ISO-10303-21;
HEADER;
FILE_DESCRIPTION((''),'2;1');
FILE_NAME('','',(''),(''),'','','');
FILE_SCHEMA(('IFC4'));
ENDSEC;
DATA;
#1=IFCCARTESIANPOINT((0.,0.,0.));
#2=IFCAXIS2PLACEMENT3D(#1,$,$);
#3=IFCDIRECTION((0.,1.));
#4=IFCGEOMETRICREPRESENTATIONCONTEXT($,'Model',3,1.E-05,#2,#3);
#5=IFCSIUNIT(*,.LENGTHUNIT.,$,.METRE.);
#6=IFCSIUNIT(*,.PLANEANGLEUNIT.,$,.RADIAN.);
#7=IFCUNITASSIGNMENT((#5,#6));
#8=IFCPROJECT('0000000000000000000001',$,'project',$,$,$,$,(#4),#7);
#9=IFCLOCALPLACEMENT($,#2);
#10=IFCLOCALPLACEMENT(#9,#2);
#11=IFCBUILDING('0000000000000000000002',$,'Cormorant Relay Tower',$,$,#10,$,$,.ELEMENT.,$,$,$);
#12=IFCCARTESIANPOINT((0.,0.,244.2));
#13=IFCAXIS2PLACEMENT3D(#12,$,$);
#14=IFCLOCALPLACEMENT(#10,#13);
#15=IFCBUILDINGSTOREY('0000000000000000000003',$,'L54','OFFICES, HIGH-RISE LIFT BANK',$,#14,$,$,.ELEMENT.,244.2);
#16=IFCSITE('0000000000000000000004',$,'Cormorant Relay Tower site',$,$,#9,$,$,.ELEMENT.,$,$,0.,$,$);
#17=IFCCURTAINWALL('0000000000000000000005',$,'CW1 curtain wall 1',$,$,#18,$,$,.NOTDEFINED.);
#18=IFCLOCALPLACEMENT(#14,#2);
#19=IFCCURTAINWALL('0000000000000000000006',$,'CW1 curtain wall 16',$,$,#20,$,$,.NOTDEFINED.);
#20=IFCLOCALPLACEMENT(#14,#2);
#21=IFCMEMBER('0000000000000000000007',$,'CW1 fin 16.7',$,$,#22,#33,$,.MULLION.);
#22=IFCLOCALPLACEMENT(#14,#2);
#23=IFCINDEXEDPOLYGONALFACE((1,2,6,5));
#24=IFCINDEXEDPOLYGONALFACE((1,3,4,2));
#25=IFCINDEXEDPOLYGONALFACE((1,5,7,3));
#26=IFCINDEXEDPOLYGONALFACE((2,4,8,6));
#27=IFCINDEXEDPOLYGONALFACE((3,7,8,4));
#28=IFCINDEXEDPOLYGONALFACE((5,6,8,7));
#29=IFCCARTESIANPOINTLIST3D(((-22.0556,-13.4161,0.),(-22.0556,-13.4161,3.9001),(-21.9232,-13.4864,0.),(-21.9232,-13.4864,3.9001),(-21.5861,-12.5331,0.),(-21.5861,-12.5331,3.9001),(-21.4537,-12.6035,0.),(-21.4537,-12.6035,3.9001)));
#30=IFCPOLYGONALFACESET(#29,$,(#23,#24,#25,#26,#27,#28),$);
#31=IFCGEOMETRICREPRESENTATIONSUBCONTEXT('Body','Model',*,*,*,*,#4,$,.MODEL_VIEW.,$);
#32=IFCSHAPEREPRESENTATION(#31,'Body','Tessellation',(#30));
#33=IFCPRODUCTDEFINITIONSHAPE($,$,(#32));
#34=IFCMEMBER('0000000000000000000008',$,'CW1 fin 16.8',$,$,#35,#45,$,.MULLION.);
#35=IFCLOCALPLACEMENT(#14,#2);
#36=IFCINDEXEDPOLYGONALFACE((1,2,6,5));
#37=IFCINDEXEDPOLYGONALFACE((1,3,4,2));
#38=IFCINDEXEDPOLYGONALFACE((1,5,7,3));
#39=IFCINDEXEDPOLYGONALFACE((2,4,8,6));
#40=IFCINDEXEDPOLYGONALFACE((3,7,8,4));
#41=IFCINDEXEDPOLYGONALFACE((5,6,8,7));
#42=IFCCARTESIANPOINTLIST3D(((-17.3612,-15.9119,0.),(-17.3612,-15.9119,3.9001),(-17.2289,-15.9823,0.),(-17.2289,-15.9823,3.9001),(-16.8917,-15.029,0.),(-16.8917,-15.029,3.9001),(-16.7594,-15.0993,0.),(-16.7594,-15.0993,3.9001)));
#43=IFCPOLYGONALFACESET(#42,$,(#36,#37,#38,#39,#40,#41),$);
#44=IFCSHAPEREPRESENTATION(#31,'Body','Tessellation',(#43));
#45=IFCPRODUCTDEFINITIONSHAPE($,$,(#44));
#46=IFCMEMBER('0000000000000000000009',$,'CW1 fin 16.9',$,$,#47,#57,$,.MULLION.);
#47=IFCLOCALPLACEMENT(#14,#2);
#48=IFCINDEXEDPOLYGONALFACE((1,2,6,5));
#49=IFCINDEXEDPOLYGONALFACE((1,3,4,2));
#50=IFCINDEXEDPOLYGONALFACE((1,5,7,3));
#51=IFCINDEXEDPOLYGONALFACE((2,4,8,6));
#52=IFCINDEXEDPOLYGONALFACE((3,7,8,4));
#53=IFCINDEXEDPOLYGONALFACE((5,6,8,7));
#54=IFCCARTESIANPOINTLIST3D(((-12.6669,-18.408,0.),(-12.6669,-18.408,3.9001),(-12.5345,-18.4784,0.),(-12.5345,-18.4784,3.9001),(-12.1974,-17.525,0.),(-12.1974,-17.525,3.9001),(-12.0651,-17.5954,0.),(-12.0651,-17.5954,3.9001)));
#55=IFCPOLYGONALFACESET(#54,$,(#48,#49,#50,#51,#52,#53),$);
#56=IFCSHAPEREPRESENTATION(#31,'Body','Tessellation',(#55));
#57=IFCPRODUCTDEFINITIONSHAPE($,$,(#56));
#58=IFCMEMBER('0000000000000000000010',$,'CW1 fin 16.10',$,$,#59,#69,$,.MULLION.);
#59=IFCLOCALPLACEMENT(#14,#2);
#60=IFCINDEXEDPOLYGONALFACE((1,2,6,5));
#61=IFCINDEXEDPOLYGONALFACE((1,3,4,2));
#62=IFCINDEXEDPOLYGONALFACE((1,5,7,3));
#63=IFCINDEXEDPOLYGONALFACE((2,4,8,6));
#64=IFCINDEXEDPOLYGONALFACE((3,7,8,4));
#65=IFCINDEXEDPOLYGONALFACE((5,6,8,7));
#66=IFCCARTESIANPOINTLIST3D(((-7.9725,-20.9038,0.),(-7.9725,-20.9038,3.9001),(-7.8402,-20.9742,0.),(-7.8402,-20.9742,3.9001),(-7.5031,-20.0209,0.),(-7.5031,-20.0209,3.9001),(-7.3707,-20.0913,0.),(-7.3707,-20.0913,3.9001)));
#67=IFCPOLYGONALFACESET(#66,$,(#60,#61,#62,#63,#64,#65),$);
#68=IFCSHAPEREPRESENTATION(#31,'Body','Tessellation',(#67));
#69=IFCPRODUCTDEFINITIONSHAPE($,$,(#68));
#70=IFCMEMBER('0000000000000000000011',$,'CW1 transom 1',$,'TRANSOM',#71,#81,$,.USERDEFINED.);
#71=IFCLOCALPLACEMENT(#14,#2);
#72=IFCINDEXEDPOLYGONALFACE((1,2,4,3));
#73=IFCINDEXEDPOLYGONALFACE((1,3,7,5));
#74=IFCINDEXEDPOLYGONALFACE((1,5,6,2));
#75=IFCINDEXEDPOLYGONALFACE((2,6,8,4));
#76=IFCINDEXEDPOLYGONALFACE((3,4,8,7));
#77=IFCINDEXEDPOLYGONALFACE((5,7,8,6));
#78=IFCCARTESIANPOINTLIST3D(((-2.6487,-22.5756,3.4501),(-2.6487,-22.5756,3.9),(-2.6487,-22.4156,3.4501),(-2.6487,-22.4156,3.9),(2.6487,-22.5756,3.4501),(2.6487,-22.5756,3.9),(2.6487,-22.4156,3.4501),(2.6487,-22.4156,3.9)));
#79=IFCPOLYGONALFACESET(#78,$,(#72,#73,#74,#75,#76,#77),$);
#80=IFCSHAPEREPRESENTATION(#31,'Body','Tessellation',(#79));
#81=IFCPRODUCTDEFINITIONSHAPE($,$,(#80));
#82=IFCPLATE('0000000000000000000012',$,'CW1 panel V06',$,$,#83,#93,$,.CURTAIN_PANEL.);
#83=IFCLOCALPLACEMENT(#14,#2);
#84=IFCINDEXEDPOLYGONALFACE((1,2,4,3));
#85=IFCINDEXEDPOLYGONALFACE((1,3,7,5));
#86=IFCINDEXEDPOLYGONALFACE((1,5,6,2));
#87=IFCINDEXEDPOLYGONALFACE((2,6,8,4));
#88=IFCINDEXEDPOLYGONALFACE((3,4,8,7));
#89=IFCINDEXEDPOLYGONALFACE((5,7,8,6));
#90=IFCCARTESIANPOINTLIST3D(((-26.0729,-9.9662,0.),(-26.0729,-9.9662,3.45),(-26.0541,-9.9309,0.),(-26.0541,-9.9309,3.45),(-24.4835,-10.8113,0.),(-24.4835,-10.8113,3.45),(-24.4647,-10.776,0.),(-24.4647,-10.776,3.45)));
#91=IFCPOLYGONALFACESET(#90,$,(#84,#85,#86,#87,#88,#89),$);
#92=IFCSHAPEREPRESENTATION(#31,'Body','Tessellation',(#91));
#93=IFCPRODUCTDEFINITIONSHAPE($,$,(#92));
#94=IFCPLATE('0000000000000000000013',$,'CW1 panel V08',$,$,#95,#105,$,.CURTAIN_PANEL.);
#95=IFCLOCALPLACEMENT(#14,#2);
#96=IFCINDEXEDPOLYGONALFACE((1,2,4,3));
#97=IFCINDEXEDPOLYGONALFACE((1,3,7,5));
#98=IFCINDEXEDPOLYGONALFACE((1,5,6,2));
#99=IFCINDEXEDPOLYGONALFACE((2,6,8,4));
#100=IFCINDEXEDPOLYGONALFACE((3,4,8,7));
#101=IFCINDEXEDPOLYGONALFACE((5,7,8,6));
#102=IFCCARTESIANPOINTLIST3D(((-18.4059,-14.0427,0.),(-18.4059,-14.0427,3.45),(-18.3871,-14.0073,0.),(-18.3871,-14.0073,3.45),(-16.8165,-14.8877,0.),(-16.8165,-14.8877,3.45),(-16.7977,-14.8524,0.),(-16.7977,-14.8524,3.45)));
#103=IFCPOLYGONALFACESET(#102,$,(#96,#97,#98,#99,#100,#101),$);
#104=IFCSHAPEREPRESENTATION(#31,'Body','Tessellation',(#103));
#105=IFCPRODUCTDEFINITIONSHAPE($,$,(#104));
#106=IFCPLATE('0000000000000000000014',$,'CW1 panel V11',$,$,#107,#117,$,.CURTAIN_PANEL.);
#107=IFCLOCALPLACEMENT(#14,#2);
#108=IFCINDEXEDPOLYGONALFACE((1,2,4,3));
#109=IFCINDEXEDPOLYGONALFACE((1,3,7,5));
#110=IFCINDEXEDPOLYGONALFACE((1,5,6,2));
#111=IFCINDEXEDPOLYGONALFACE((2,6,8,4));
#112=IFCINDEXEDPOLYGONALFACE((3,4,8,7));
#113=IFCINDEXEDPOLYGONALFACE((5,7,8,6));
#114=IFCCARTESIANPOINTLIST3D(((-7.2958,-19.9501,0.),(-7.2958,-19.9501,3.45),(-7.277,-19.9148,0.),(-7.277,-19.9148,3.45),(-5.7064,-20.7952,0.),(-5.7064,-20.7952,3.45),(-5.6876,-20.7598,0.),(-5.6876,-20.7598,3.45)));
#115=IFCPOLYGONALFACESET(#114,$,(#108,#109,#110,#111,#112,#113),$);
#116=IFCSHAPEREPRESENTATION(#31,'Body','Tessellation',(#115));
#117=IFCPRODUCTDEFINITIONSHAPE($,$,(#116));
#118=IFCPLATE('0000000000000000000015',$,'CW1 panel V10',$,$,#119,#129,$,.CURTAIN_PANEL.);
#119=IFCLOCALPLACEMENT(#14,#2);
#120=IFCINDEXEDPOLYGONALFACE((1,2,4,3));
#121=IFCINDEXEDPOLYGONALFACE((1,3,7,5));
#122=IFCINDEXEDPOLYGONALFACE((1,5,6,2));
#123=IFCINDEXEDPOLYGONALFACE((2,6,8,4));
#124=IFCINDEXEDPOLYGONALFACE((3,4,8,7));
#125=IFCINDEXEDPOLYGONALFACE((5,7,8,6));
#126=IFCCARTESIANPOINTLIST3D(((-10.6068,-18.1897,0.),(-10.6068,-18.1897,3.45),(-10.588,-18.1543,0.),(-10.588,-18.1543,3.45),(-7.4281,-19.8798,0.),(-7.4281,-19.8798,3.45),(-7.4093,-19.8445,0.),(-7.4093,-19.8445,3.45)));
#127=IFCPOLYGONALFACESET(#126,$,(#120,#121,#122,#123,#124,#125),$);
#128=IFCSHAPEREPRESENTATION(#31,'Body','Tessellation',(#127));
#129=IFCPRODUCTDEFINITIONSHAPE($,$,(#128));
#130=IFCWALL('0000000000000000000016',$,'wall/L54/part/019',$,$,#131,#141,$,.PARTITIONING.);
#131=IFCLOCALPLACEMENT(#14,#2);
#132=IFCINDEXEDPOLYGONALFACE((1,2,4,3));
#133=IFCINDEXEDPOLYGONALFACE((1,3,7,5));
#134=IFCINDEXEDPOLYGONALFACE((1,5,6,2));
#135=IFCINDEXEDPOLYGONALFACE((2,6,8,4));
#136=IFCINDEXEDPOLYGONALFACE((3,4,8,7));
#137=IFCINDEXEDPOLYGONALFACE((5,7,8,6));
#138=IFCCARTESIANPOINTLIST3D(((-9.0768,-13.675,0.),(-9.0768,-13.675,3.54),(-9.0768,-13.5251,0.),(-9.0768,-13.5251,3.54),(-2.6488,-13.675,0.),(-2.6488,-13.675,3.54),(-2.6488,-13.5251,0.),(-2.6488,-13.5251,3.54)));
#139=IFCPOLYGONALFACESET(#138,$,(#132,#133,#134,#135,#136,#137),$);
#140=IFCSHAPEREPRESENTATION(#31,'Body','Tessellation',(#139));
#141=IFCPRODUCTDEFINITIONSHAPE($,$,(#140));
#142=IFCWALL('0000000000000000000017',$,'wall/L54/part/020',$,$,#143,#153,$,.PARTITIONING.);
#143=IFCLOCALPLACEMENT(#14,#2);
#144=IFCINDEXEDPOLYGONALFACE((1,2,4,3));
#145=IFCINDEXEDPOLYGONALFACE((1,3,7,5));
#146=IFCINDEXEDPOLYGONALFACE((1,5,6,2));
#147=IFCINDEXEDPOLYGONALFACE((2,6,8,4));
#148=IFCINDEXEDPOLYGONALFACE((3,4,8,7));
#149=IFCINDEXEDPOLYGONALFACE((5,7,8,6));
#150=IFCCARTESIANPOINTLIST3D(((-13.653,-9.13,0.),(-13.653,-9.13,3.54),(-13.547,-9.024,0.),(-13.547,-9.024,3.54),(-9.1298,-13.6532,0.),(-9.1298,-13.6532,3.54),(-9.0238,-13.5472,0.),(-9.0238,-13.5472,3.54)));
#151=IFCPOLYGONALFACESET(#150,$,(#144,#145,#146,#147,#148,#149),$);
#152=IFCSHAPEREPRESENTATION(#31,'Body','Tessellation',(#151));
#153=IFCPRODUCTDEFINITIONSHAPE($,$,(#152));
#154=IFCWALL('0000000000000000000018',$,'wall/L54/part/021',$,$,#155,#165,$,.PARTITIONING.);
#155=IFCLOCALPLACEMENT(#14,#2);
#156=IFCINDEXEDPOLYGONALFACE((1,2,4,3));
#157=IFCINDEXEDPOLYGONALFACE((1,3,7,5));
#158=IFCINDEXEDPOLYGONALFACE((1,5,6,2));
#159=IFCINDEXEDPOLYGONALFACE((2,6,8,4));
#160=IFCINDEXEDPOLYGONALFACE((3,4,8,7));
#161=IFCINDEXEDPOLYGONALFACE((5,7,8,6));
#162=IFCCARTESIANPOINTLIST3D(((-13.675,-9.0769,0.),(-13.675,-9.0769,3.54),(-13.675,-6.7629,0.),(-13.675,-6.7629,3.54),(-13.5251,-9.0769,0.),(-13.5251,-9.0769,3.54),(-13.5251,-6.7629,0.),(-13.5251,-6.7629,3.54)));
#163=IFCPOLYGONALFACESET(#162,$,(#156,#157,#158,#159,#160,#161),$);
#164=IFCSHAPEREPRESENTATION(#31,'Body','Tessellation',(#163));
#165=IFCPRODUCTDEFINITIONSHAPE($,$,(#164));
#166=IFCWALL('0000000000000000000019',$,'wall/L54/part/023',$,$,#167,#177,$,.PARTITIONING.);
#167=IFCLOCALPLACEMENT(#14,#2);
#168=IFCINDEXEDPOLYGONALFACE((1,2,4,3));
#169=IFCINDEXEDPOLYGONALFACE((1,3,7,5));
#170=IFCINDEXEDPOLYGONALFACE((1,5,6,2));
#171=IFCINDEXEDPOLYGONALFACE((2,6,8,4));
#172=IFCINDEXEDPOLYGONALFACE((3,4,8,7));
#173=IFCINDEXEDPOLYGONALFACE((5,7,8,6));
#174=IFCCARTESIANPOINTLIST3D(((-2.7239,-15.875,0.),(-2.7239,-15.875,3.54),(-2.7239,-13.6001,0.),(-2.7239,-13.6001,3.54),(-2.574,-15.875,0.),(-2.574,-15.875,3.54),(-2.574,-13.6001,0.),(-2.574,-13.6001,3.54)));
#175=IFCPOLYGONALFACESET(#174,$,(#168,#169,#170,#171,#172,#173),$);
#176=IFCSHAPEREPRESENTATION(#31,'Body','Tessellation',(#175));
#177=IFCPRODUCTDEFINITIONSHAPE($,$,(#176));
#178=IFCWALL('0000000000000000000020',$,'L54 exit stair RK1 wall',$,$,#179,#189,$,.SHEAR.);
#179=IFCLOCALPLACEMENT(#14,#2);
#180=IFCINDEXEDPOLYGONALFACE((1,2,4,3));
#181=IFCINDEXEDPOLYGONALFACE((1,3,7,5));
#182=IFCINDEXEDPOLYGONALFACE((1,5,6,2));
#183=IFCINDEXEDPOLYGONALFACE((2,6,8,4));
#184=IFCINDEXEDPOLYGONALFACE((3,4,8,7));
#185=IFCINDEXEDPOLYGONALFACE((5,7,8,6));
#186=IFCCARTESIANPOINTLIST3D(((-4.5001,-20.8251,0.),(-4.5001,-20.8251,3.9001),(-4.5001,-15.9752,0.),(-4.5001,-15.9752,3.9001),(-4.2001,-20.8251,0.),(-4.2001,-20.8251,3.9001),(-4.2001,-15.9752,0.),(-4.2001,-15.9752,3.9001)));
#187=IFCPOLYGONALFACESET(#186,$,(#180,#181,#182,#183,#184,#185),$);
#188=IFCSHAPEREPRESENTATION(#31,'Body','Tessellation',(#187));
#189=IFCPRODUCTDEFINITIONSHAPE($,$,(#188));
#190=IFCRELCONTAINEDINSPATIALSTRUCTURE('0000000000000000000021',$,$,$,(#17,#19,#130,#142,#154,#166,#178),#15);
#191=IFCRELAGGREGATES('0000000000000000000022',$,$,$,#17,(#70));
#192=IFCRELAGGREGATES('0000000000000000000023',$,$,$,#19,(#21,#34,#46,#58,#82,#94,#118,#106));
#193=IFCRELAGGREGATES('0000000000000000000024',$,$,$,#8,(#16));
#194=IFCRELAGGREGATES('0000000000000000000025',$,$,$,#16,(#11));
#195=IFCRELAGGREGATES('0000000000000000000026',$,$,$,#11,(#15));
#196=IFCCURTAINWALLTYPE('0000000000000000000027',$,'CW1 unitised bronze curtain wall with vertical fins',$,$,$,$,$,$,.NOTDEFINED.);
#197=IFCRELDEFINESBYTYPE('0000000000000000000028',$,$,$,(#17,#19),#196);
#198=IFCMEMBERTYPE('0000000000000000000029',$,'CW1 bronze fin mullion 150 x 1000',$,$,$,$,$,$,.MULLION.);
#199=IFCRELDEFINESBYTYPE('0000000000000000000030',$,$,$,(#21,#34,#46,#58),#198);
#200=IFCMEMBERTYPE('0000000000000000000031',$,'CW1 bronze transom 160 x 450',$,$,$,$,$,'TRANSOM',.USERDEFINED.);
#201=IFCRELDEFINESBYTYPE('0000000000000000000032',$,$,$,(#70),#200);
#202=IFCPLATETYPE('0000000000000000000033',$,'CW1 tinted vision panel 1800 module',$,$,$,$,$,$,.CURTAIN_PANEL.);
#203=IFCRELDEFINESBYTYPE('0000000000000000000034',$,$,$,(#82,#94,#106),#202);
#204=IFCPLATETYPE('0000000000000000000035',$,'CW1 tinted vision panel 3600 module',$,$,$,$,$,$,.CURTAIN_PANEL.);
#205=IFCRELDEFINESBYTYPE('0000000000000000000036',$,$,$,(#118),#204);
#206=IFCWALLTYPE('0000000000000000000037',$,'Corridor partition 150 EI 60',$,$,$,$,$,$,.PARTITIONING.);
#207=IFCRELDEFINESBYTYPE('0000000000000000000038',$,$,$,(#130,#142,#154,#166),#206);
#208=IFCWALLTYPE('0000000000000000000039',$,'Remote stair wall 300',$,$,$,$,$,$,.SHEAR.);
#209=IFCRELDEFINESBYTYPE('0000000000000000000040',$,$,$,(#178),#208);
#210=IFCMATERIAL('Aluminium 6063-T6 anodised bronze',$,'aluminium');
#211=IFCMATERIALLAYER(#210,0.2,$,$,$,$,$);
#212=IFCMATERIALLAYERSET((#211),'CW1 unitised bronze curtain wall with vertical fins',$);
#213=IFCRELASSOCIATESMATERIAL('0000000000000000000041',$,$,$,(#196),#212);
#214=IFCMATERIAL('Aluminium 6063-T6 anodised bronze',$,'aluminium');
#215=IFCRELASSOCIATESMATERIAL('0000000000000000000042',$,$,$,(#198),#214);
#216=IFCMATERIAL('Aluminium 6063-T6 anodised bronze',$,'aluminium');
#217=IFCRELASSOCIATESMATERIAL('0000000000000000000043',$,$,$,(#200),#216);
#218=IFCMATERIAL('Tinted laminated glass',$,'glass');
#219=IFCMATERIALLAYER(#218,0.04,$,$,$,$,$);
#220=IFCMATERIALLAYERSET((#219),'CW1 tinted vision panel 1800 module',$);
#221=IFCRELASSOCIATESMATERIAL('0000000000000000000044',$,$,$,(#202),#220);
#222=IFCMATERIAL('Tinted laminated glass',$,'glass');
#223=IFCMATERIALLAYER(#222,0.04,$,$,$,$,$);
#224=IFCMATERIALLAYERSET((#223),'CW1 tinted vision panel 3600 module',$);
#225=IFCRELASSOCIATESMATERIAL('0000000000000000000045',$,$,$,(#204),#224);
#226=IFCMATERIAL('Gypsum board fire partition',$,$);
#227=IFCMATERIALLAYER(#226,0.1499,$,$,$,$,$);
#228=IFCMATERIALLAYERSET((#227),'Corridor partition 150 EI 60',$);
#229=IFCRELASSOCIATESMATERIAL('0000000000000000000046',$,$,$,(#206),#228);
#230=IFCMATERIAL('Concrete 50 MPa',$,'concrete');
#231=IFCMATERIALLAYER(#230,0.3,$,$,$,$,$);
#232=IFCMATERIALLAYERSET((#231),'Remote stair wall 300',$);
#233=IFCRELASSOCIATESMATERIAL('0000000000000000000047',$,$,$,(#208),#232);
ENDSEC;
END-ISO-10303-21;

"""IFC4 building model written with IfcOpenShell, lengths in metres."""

from ifc_helpers import new_model, si_unit, direction, frame, frame_2d, origin, origin_2d, place, context, subcontext, project, spatial, rectangle, extrude, material, layer, layer_set, material_profile, profile_set, type_object, element, aggregate, save


model = new_model("IFC4")

# Units and contexts
model_context = context("Model", 3, precision=1e-05, world=origin(), true_north=direction((0.0, 1.0)))
body_context = subcontext(model_context, "Body", "Model", "MODEL_VIEW")
ifc_project = project(units=[si_unit("LENGTHUNIT", "METRE"), si_unit("PLANEANGLEUNIT", "RADIAN")], contexts=[model_context])

# Site, building, storey
site_placement = place(None, origin())
site = spatial("IfcSite", under=ifc_project, at=site_placement, Name="Cormorant Relay Tower site", CompositionType="ELEMENT", RefElevation=0.0)
building_placement = place(site_placement, origin())
building = spatial("IfcBuilding", under=site, at=building_placement, Name="Cormorant Relay Tower", CompositionType="ELEMENT")
storey_placement = place(building_placement, frame((0.0, 0.0, 244.2)))
storey = spatial("IfcBuildingStorey", under=building, at=storey_placement, Name="L54", Description="OFFICES, HIGH-RISE LIFT BANK", CompositionType="ELEMENT", Elevation=244.2)

# Curtain wall
ifc_material_1 = material(Name="Aluminium 6063-T6 anodised bronze", Category="aluminium")
ifc_layer_1 = layer(ifc_material_1, 0.2)
ifc_layer_set_1 = layer_set([ifc_layer_1], Name="CW1 unitised bronze curtain wall with vertical fins")
curtain_wall_type = type_object("IfcCurtainWallType", Name="CW1 unitised bronze curtain wall with vertical fins", PredefinedType="NOTDEFINED", material=ifc_layer_set_1)
curtain_wall_1_placement = place(storey_placement, origin())
curtain_wall_1 = element("IfcCurtainWall", 1, at=curtain_wall_1_placement, inside=storey, type_object=curtain_wall_type, Name="CW1 curtain wall 1", PredefinedType="NOTDEFINED")
ifc_material_2 = material(Name="Aluminium 6063-T6 anodised bronze", Category="aluminium")
ifc_material_profile_1 = material_profile(ifc_material_2, rectangle(XDim=0.1499, YDim=1.0, at=origin_2d()), Name="AL 150x1000")
ifc_profile_set_1 = profile_set([ifc_material_profile_1], Name="Aluminium 6063-T6 anodised bronze")
member_type_1 = type_object("IfcMemberType", Name="CW1 bronze fin mullion 150 x 1000", PredefinedType="MULLION", material=ifc_profile_set_1)

# Curtain wall, members
curtain_wall_2_placement = place(storey_placement, origin())
curtain_wall_2 = element("IfcCurtainWall", 2, at=curtain_wall_2_placement, inside=storey, type_object=curtain_wall_type, Name="CW1 curtain wall 16", PredefinedType="NOTDEFINED")
member_1_placement = place(storey_placement, frame((-21.7546, -13.0098, 0.0), z_axis=(0.0, 0.0, 1.0), x_axis=(0.882948, -0.469472, 0.0)))
member_1 = element("IfcMember", 3, at=member_1_placement, type_object=member_type_1, Name="CW1 fin 16.7", PredefinedType="MULLION", context=body_context, shape_type="SweptSolid", body=[
    extrude(rectangle(XDim=0.1499, YDim=1.0, at=origin_2d()), origin(), (0.0, 0.0, 1.0), 3.9001),
])
member_2_placement = place(storey_placement, frame((-17.0603, -15.5056, 0.0), z_axis=(0.0, 0.0, 1.0), x_axis=(0.882948, -0.469472, 0.0)))
member_2 = element("IfcMember", 4, at=member_2_placement, type_object=member_type_1, Name="CW1 fin 16.8", PredefinedType="MULLION", context=body_context, shape_type="SweptSolid", body=[
    extrude(rectangle(XDim=0.1499, YDim=1.0, at=origin_2d()), origin(), (0.0, 0.0, 1.0), 3.9001),
])
member_3_placement = place(storey_placement, frame((-12.366, -18.0017, 0.0), z_axis=(0.0, 0.0, 1.0), x_axis=(0.882948, -0.469472, 0.0)))
member_3 = element("IfcMember", 5, at=member_3_placement, type_object=member_type_1, Name="CW1 fin 16.9", PredefinedType="MULLION", context=body_context, shape_type="SweptSolid", body=[
    extrude(rectangle(XDim=0.1499, YDim=1.0, at=origin_2d()), origin(), (0.0, 0.0, 1.0), 3.9001),
])
member_4_placement = place(storey_placement, frame((-7.6716, -20.4976, 0.0), z_axis=(0.0, 0.0, 1.0), x_axis=(0.882948, -0.469472, 0.0)))
member_4 = element("IfcMember", 6, at=member_4_placement, type_object=member_type_1, Name="CW1 fin 16.10", PredefinedType="MULLION", context=body_context, shape_type="SweptSolid", body=[
    extrude(rectangle(XDim=0.1499, YDim=1.0, at=origin_2d()), origin(), (0.0, 0.0, 1.0), 3.9001),
])

# Member
ifc_material_3 = material(Name="Aluminium 6063-T6 anodised bronze", Category="aluminium")
ifc_material_profile_2 = material_profile(ifc_material_3, rectangle(XDim=0.1599, YDim=0.45, at=origin_2d()), Name="AL 160x450")
ifc_profile_set_2 = profile_set([ifc_material_profile_2], Name="Aluminium 6063-T6 anodised bronze")
member_type_2 = type_object("IfcMemberType", Name="CW1 bronze transom 160 x 450", ElementType="TRANSOM", PredefinedType="USERDEFINED", material=ifc_profile_set_2)
member_5_placement = place(storey_placement, frame((-2.6487, -22.4956, 3.675), z_axis=(1.0, 0.0, 0.0), x_axis=(0.0, 1.0, 0.0)))
member_5 = element("IfcMember", 7, at=member_5_placement, type_object=member_type_2, Name="CW1 transom 1", ObjectType="TRANSOM", PredefinedType="USERDEFINED", context=body_context, shape_type="SweptSolid", body=[
    extrude(rectangle(XDim=0.1599, YDim=0.45, at=origin_2d()), origin(), (0.0, 0.0, 1.0), 5.2974),
])
aggregate(curtain_wall_1, [member_5])

# Plates
ifc_material_4 = material(Name="Tinted laminated glass", Category="glass")
ifc_layer_2 = layer(ifc_material_4, 0.04)
ifc_layer_set_2 = layer_set([ifc_layer_2], Name="CW1 tinted vision panel 1800 module")
plate_type_1 = type_object("IfcPlateType", Name="CW1 tinted vision panel 1800 module", PredefinedType="CURTAIN_PANEL", material=ifc_layer_set_2)
plate_1_placement = place(storey_placement, frame((-25.2688, -10.3711, 0.0), z_axis=(0.0, 0.0, 1.0), x_axis=(0.882948, -0.469472, 0.0)))
plate_1 = element("IfcPlate", 8, at=plate_1_placement, type_object=plate_type_1, Name="CW1 panel V06", PredefinedType="CURTAIN_PANEL", context=body_context, shape_type="SweptSolid", body=[
    extrude(rectangle(XDim=1.8, YDim=0.04, at=origin_2d()), origin(), (0.0, 0.0, 1.0), 3.45),
])
plate_2_placement = place(storey_placement, frame((-17.6018, -14.4475, 0.0), z_axis=(0.0, 0.0, 1.0), x_axis=(0.882948, -0.469472, 0.0)))
plate_2 = element("IfcPlate", 9, at=plate_2_placement, type_object=plate_type_1, Name="CW1 panel V08", PredefinedType="CURTAIN_PANEL", context=body_context, shape_type="SweptSolid", body=[
    extrude(rectangle(XDim=1.8, YDim=0.04, at=origin_2d()), origin(), (0.0, 0.0, 1.0), 3.45),
])
plate_3_placement = place(storey_placement, frame((-6.4917, -20.355, 0.0), z_axis=(0.0, 0.0, 1.0), x_axis=(0.882948, -0.469472, 0.0)))
plate_3 = element("IfcPlate", 10, at=plate_3_placement, type_object=plate_type_1, Name="CW1 panel V11", PredefinedType="CURTAIN_PANEL", context=body_context, shape_type="SweptSolid", body=[
    extrude(rectangle(XDim=1.8, YDim=0.04, at=origin_2d()), origin(), (0.0, 0.0, 1.0), 3.45),
])
ifc_material_5 = material(Name="Tinted laminated glass", Category="glass")
ifc_layer_3 = layer(ifc_material_5, 0.04)
ifc_layer_set_3 = layer_set([ifc_layer_3], Name="CW1 tinted vision panel 3600 module")
plate_type_2 = type_object("IfcPlateType", Name="CW1 tinted vision panel 3600 module", PredefinedType="CURTAIN_PANEL", material=ifc_layer_set_3)
plate_4_placement = place(storey_placement, frame((-9.0081, -19.0171, 0.0), z_axis=(0.0, 0.0, 1.0), x_axis=(0.882948, -0.469472, 0.0)))
plate_4 = element("IfcPlate", 11, at=plate_4_placement, type_object=plate_type_2, Name="CW1 panel V10", PredefinedType="CURTAIN_PANEL", context=body_context, shape_type="SweptSolid", body=[
    extrude(rectangle(XDim=3.6001, YDim=0.04, at=origin_2d()), origin(), (0.0, 0.0, 1.0), 3.45),
])

# Walls
ifc_material_6 = material(Name="Gypsum board fire partition")
ifc_layer_4 = layer(ifc_material_6, 0.1499)
ifc_layer_set_4 = layer_set([ifc_layer_4], Name="Corridor partition 150 EI 60")
wall_type_1 = type_object("IfcWallType", Name="Corridor partition 150 EI 60", PredefinedType="PARTITIONING", material=ifc_layer_set_4)
wall_1_placement = place(storey_placement, frame((-2.6489, -13.6001, 0.0), z_axis=(0.0, 0.0, 1.0), x_axis=(-1.0, 0.0, 0.0)))
element("IfcWall", 12, at=wall_1_placement, inside=storey, type_object=wall_type_1, Name="wall/L54/part/019", PredefinedType="PARTITIONING", context=body_context, shape_type="SweptSolid", body=[
    extrude(rectangle(XDim=6.428, YDim=0.1499, at=frame_2d((3.2139, 0.0))), origin(), (0.0, 0.0, 1.0), 3.54),
])
wall_2_placement = place(storey_placement, frame((-9.0769, -13.6001, 0.0), z_axis=(0.0, 0.0, 1.0), x_axis=(-0.707107, 0.707107, 0.0)))
element("IfcWall", 13, at=wall_2_placement, inside=storey, type_object=wall_type_1, Name="wall/L54/part/020", PredefinedType="PARTITIONING", context=body_context, shape_type="SweptSolid", body=[
    extrude(rectangle(XDim=6.3967, YDim=0.1499, at=frame_2d((3.1982, 0.0))), origin(), (0.0, 0.0, 1.0), 3.54),
])
wall_3_placement = place(storey_placement, frame((-13.6001, -9.0769, 0.0), z_axis=(0.0, 0.0, 1.0), x_axis=(0.0, 1.0, 0.0)))
element("IfcWall", 14, at=wall_3_placement, inside=storey, type_object=wall_type_1, Name="wall/L54/part/021", PredefinedType="PARTITIONING", context=body_context, shape_type="SweptSolid", body=[
    extrude(rectangle(XDim=2.314, YDim=0.1499, at=frame_2d((1.157, 0.0))), origin(), (0.0, 0.0, 1.0), 3.54),
])
wall_4_placement = place(storey_placement, frame((-2.6489, -13.6001, 0.0), z_axis=(0.0, 0.0, 1.0), x_axis=(0.0, -1.0, 0.0)))
element("IfcWall", 15, at=wall_4_placement, inside=storey, type_object=wall_type_1, Name="wall/L54/part/023", PredefinedType="PARTITIONING", context=body_context, shape_type="SweptSolid", body=[
    extrude(rectangle(XDim=2.2749, YDim=0.1499, at=frame_2d((1.1375, 0.0))), origin(), (0.0, 0.0, 1.0), 3.54),
])
ifc_material_7 = material(Name="Concrete 50 MPa", Category="concrete")
ifc_layer_5 = layer(ifc_material_7, 0.3)
ifc_layer_set_5 = layer_set([ifc_layer_5], Name="Remote stair wall 300")
wall_type_2 = type_object("IfcWallType", Name="Remote stair wall 300", PredefinedType="SHEAR", material=ifc_layer_set_5)
wall_5_placement = place(storey_placement, frame((-4.3501, -20.825, 0.0), z_axis=(0.0, 0.0, 1.0), x_axis=(0.0, 1.0, 0.0)))
element("IfcWall", 16, at=wall_5_placement, inside=storey, type_object=wall_type_2, Name="L54 exit stair RK1 wall", PredefinedType="SHEAR", context=body_context, shape_type="SweptSolid", body=[
    extrude(rectangle(XDim=4.8499, YDim=0.3, at=frame_2d((2.4248, 0.0))), origin(), (0.0, 0.0, 1.0), 3.9001),
])

aggregate(curtain_wall_2, [member_1, member_2, member_3, member_4, plate_1, plate_2, plate_4, plate_3])

save(model, "model.ifc")
